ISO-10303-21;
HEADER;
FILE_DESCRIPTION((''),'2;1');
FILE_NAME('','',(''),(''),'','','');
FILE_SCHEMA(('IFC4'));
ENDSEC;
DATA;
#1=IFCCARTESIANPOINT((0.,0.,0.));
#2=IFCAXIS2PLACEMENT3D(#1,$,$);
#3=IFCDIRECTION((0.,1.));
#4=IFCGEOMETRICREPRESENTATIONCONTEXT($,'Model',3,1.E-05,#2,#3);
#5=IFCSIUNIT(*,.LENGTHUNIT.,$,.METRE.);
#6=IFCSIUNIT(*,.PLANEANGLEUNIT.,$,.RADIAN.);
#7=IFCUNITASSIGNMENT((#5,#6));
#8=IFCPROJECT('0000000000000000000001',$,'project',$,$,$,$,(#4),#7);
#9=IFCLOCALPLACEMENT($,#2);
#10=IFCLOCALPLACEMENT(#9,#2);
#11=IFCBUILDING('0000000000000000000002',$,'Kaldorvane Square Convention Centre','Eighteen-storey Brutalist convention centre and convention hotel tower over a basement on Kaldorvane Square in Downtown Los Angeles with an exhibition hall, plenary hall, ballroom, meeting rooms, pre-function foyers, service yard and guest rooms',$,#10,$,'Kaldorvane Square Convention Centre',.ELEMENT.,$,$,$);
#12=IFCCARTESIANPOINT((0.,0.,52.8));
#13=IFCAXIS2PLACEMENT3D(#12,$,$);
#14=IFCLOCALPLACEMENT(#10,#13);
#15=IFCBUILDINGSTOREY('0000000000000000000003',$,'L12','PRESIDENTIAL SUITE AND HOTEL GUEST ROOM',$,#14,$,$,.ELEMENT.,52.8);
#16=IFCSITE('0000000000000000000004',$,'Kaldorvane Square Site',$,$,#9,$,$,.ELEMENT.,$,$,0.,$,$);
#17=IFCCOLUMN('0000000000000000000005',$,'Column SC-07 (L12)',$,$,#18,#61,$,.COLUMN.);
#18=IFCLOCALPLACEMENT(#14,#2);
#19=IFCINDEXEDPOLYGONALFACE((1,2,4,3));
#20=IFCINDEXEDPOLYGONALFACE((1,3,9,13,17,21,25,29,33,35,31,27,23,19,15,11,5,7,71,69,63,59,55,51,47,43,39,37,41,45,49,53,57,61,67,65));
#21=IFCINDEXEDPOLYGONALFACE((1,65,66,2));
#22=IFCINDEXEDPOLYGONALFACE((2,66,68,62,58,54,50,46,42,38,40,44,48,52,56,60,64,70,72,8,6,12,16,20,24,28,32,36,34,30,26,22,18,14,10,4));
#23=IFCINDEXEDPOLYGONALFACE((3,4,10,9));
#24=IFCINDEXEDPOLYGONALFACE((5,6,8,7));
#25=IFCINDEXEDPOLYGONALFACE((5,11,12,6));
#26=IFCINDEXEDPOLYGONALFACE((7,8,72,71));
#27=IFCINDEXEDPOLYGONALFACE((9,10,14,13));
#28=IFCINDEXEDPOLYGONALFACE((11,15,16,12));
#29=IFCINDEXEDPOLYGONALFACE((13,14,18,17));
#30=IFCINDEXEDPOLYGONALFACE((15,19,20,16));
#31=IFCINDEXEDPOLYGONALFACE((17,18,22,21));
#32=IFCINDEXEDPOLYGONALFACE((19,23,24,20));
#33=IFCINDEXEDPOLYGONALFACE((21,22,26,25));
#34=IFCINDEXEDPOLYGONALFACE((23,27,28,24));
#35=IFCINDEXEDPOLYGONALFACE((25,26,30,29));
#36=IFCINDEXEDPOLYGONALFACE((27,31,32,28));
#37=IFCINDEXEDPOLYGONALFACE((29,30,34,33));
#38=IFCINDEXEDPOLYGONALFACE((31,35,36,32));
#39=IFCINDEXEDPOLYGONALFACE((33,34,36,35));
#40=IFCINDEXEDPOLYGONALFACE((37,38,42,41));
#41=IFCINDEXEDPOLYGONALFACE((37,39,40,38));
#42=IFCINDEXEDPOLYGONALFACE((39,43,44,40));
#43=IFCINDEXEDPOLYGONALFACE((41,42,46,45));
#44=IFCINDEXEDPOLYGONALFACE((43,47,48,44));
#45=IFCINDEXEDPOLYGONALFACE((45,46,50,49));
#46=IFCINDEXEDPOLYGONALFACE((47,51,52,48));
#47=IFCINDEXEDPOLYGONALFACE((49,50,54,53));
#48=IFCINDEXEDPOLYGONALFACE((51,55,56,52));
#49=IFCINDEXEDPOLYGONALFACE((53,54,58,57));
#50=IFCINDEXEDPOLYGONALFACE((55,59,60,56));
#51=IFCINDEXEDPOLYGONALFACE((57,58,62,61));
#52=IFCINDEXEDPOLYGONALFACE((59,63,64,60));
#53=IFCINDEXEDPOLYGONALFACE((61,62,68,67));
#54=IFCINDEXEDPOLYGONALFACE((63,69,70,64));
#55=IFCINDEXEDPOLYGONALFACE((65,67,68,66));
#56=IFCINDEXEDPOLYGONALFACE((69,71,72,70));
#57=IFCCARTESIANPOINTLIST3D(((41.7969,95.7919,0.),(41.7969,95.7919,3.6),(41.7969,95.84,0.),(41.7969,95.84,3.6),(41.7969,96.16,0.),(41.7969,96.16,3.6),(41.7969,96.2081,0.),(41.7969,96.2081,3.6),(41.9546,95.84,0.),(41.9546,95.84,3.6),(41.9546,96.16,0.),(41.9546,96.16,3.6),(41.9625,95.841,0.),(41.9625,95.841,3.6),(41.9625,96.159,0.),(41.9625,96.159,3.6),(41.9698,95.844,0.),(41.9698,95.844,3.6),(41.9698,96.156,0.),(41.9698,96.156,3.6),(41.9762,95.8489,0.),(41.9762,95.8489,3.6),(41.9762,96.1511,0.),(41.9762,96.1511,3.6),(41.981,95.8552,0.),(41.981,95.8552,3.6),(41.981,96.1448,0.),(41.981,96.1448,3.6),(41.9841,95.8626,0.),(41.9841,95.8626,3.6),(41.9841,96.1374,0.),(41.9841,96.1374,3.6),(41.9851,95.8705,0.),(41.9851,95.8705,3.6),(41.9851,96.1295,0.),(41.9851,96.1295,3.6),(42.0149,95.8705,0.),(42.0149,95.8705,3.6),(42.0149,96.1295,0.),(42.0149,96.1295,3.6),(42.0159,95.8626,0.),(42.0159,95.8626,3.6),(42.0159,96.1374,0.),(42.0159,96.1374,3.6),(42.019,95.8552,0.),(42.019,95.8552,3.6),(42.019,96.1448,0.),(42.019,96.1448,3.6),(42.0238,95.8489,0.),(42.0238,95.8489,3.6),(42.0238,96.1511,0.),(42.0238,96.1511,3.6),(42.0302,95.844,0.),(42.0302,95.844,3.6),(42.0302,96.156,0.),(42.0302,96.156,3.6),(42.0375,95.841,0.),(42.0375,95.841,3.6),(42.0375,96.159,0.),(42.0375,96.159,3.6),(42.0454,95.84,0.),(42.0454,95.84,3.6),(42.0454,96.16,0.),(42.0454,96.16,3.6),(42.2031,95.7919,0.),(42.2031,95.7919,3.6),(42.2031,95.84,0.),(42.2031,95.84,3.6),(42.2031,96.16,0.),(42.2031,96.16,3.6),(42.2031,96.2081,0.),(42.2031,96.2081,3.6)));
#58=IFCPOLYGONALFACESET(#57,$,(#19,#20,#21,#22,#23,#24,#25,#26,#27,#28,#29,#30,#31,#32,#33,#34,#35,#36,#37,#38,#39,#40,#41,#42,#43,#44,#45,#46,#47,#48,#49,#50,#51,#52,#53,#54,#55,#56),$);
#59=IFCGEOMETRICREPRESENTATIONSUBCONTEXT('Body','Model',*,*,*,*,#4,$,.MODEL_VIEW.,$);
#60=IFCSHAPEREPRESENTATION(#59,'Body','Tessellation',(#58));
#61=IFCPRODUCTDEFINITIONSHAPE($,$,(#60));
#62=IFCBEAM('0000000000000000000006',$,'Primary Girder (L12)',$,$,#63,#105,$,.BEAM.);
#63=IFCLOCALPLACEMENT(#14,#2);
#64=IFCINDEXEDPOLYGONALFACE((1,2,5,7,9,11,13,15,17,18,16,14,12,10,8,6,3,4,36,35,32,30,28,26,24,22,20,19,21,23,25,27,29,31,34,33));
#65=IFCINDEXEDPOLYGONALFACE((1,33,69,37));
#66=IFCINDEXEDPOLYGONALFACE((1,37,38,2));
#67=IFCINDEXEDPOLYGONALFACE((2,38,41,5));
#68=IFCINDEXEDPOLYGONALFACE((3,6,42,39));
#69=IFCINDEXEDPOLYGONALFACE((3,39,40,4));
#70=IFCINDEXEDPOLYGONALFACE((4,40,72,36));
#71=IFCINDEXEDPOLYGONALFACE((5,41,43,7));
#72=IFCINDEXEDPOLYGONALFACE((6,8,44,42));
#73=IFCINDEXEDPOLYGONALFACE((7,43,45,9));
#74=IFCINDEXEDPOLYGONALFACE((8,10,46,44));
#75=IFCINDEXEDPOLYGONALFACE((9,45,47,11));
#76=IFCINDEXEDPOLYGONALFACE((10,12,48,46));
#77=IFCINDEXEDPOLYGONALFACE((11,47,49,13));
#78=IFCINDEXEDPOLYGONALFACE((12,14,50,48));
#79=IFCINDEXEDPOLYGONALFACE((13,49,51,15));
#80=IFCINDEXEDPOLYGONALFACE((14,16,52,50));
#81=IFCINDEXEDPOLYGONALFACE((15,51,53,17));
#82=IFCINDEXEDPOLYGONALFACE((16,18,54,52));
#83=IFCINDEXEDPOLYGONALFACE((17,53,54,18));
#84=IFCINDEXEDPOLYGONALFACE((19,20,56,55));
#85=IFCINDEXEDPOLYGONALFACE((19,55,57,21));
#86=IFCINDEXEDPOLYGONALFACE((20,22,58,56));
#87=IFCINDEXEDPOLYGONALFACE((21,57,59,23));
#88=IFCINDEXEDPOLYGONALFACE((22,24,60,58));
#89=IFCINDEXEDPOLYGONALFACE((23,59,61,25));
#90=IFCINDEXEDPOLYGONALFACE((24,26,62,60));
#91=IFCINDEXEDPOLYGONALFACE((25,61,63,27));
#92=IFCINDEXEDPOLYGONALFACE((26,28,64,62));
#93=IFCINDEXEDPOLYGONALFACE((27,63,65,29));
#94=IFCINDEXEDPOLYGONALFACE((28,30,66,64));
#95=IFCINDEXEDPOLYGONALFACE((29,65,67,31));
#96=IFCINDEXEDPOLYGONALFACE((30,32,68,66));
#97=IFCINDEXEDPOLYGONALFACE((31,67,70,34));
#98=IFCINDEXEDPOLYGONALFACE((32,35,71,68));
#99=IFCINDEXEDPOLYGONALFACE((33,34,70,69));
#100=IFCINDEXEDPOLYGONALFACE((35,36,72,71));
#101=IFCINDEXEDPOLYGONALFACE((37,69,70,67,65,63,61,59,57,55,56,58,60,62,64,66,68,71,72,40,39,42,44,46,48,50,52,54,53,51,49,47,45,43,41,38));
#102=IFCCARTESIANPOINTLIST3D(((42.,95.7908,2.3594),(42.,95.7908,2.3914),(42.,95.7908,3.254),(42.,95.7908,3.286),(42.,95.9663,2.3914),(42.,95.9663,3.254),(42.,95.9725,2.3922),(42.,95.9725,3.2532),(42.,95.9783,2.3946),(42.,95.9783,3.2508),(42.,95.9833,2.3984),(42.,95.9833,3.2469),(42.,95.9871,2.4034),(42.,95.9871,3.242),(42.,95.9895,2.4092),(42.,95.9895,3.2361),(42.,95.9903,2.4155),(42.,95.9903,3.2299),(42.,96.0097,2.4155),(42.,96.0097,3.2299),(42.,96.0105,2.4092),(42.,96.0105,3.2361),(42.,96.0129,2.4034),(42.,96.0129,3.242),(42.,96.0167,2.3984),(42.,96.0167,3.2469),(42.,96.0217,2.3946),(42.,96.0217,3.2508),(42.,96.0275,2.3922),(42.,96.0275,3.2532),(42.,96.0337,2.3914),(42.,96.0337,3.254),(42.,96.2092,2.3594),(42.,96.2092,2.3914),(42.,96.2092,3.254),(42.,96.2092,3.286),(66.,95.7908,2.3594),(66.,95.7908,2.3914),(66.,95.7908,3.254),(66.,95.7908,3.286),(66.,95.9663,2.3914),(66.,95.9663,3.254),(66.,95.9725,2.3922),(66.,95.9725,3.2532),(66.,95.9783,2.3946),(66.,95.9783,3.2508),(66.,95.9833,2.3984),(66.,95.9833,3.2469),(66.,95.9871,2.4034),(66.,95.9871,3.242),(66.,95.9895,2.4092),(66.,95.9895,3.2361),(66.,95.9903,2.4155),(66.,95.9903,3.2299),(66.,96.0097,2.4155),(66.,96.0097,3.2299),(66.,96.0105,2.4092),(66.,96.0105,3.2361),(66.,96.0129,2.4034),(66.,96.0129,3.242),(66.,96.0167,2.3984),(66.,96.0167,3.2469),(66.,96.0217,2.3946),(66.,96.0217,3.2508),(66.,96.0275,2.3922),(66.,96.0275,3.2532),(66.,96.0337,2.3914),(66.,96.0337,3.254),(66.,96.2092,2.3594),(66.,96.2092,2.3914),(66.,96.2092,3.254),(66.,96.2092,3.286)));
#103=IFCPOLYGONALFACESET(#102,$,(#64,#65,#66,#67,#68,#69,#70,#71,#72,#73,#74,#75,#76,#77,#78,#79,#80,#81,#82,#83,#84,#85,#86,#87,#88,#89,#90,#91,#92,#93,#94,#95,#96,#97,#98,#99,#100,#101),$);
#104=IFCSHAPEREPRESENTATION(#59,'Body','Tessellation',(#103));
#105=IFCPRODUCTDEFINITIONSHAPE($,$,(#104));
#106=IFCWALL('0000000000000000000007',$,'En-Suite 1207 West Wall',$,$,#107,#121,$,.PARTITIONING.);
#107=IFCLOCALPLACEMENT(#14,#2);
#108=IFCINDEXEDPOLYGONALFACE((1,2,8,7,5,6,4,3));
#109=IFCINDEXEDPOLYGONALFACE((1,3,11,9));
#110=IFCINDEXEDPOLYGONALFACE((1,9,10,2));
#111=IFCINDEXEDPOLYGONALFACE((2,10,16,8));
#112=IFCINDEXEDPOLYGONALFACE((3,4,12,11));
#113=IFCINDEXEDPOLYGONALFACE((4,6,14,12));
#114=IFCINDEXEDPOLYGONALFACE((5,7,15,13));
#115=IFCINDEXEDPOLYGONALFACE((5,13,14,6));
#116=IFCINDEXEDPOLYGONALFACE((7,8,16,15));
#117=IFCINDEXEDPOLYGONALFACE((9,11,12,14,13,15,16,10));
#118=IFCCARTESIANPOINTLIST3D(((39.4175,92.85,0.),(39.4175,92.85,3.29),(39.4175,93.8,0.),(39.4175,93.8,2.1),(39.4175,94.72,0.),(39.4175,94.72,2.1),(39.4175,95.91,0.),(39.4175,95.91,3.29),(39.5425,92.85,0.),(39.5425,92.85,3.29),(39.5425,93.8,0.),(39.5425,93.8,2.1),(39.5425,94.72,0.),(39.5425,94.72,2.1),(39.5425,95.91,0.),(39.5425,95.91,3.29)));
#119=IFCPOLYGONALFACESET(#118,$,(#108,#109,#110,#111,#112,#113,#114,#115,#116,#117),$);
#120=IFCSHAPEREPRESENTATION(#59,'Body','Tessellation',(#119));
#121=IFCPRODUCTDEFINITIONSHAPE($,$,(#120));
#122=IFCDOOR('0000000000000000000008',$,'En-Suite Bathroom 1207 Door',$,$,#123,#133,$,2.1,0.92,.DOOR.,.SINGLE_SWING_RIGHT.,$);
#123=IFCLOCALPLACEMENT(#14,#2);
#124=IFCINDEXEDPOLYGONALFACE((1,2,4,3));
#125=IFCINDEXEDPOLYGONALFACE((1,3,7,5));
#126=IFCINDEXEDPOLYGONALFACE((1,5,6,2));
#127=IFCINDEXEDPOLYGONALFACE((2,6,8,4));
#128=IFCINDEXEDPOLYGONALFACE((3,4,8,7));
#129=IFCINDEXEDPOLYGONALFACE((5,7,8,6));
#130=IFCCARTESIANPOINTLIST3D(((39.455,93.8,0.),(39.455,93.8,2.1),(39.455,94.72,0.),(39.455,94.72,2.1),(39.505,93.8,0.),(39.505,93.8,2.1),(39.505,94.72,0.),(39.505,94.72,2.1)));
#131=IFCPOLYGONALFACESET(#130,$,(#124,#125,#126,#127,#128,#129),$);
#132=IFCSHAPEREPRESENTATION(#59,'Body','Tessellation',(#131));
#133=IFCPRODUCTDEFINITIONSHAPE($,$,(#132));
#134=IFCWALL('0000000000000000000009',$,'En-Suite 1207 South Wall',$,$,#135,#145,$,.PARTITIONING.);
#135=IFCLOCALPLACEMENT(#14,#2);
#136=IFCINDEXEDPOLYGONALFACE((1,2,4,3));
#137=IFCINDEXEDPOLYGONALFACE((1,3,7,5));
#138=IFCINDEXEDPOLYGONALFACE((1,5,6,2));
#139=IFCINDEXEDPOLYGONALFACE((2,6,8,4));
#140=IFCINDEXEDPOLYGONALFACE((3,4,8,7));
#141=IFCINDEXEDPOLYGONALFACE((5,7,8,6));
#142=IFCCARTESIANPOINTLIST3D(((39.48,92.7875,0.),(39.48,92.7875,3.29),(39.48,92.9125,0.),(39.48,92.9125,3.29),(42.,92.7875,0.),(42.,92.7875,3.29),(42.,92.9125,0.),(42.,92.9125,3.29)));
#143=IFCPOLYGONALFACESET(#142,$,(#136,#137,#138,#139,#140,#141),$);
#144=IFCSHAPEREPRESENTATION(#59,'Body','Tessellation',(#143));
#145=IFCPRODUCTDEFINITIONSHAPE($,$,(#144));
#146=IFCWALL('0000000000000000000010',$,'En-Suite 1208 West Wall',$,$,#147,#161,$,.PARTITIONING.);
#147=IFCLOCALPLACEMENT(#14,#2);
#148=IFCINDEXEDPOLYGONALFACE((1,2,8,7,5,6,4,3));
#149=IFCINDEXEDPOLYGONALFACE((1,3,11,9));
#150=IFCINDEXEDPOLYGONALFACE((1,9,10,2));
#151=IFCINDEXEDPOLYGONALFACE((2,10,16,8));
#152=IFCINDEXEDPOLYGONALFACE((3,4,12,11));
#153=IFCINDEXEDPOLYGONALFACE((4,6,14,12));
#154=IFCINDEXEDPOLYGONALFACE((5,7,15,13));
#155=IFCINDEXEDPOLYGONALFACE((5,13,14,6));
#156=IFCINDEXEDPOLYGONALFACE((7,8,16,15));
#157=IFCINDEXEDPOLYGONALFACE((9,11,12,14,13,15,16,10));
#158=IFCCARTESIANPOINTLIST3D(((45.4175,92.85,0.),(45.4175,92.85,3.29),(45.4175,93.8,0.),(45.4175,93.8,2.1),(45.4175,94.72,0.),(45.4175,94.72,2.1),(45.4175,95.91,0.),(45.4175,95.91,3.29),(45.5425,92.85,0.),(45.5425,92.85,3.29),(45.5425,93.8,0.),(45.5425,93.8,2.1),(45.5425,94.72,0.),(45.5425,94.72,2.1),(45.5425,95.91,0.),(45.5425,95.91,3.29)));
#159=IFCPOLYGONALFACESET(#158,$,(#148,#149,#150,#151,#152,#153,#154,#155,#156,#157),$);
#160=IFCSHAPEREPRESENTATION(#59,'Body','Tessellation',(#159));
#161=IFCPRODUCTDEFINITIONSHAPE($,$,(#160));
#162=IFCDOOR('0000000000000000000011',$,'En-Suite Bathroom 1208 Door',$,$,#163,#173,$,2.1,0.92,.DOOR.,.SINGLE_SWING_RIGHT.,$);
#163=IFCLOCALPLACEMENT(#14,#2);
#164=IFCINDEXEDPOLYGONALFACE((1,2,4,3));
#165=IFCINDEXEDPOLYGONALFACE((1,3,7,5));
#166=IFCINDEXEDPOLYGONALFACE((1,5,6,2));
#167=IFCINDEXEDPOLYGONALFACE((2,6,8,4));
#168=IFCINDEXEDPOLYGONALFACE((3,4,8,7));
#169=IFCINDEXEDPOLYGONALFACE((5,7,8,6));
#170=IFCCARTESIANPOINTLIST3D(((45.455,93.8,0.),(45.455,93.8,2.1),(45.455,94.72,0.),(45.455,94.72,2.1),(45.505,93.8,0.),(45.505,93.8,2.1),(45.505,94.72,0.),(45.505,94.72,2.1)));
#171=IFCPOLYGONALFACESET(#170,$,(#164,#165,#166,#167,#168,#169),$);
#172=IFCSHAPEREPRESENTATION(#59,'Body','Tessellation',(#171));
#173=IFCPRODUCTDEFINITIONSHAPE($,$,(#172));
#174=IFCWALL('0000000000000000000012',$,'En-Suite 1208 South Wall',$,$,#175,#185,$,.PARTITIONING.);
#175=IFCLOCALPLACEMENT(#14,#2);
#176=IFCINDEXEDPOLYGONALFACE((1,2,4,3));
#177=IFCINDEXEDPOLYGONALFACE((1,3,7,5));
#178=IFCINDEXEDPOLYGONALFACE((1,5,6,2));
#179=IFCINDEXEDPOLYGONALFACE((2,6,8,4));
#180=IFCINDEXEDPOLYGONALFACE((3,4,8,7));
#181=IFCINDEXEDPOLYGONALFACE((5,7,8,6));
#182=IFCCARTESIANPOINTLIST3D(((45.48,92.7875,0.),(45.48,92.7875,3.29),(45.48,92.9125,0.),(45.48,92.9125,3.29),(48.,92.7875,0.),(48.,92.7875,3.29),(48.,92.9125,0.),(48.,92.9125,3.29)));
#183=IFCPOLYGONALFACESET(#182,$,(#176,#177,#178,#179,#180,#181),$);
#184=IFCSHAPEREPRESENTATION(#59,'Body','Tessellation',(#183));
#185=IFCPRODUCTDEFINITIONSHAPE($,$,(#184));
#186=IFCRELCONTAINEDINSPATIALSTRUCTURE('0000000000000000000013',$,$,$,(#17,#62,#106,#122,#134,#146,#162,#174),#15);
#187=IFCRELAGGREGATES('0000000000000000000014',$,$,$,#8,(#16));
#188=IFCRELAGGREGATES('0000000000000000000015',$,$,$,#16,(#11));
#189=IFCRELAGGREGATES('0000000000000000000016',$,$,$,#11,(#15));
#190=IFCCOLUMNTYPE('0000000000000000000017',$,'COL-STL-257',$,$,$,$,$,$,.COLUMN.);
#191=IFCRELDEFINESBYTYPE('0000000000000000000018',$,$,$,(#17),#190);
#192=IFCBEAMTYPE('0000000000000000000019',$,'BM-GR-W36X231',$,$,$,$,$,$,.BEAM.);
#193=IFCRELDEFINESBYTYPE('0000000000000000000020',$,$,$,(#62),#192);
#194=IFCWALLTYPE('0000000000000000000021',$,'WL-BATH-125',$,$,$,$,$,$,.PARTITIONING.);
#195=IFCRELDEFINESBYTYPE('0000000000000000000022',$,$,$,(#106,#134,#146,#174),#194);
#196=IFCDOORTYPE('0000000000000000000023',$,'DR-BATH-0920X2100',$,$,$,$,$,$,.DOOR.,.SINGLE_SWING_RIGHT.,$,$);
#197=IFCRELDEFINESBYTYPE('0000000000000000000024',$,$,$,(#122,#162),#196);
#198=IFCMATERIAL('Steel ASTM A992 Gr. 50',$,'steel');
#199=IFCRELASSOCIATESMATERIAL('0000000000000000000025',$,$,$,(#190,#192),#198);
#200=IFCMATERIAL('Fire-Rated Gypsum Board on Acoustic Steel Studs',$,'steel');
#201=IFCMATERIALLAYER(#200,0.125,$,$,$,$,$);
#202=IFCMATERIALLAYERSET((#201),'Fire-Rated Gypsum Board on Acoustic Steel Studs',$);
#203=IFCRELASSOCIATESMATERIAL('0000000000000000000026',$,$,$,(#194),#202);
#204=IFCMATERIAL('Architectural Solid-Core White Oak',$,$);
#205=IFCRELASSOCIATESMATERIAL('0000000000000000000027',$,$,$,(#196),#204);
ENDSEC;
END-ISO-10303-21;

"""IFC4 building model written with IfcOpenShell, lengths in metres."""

from ifc_helpers import new_model, si_unit, direction, frame, frame_2d, origin, origin_2d, place, context, subcontext, project, spatial, rectangle, i_section, extrude, material, layer, layer_set, material_profile, profile_set, type_object, element, fill, save


model = new_model("IFC4")

# Units and contexts
model_context = context("Model", 3, precision=1e-05, world=origin(), true_north=direction((0.0, 1.0)))
body_context = subcontext(model_context, "Body", "Model", "MODEL_VIEW")
ifc_project = project(units=[si_unit("LENGTHUNIT", "METRE"), si_unit("PLANEANGLEUNIT", "RADIAN")], contexts=[model_context])

# Site, building, storey
site_placement = place(None, origin())
site = spatial("IfcSite", under=ifc_project, at=site_placement, Name="Kaldorvane Square Site", CompositionType="ELEMENT", RefElevation=0.0)
building_placement = place(site_placement, origin())
building = spatial("IfcBuilding", under=site, at=building_placement, Name="Kaldorvane Square Convention Centre", Description="Eighteen-storey Brutalist convention centre and convention hotel tower over a basement on Kaldorvane Square in Downtown Los Angeles with an exhibition hall, plenary hall, ballroom, meeting rooms, pre-function foyers, service yard and guest rooms", LongName="Kaldorvane Square Convention Centre", CompositionType="ELEMENT")
storey_placement = place(building_placement, frame((0.0, 0.0, 52.8)))
storey = spatial("IfcBuildingStorey", under=building, at=storey_placement, Name="L12", Description="PRESIDENTIAL SUITE AND HOTEL GUEST ROOM", CompositionType="ELEMENT", Elevation=52.8)

# Column
ifc_material_1 = material(Name="Steel ASTM A992 Gr. 50", Category="steel")
ifc_material_profile_1 = material_profile(ifc_material_1, i_section(OverallWidth=0.4063, OverallDepth=0.4161, WebThickness=0.0298, FlangeThickness=0.048, FilletRadius=0.0305, at=origin_2d()), Name="W14X257")
ifc_profile_set_1 = profile_set([ifc_material_profile_1], Name="Steel ASTM A992 Gr. 50")
column_type = type_object("IfcColumnType", Name="COL-STL-257", PredefinedType="COLUMN", material=ifc_profile_set_1)
column_placement = place(storey_placement, frame((42.0, 96.0, 0.0), z_axis=(0.0, 0.0, 1.0), x_axis=(1.0, 0.0, 0.0)))
element("IfcColumn", 1, at=column_placement, inside=storey, type_object=column_type, Name="Column SC-07 (L12)", PredefinedType="COLUMN", context=body_context, shape_type="SweptSolid", body=[
    extrude(i_section(OverallWidth=0.4063, OverallDepth=0.4161, WebThickness=0.0298, FlangeThickness=0.048, FilletRadius=0.0305, at=origin_2d()), origin(), (0.0, 0.0, 1.0), 3.6),
])

# Beam
ifc_material_profile_2 = material_profile(ifc_material_1, i_section(OverallWidth=0.4183, OverallDepth=0.9266, WebThickness=0.0193, FlangeThickness=0.032, FilletRadius=0.0241, at=origin_2d()), Name="W36X231")
ifc_profile_set_2 = profile_set([ifc_material_profile_2], Name="Steel ASTM A992 Gr. 50")
beam_type = type_object("IfcBeamType", Name="BM-GR-W36X231", PredefinedType="BEAM", material=ifc_profile_set_2)
beam_placement = place(storey_placement, frame((42.0, 96.0, 2.8227), z_axis=(1.0, 0.0, 0.0), x_axis=(0.0, 1.0, 0.0)))
element("IfcBeam", 2, at=beam_placement, inside=storey, type_object=beam_type, Name="Primary Girder (L12)", PredefinedType="BEAM", context=body_context, shape_type="SweptSolid", body=[
    extrude(i_section(OverallWidth=0.4183, OverallDepth=0.9266, WebThickness=0.0193, FlangeThickness=0.032, FilletRadius=0.0241, at=origin_2d()), origin(), (0.0, 0.0, 1.0), 24.0),
])

# Wall, opening, door
ifc_material_2 = material(Name="Fire-Rated Gypsum Board on Acoustic Steel Studs", Category="steel")
ifc_layer_1 = layer(ifc_material_2, 0.125)
ifc_layer_set_1 = layer_set([ifc_layer_1], Name="Fire-Rated Gypsum Board on Acoustic Steel Studs")
wall_type_1 = type_object("IfcWallType", Name="WL-BATH-125", PredefinedType="PARTITIONING", material=ifc_layer_set_1)
wall_1_placement = place(storey_placement, frame((39.48, 92.85, 0.0), z_axis=(0.0, 0.0, 1.0), x_axis=(0.0, 1.0, 0.0)))
wall_1 = element("IfcWall", 3, at=wall_1_placement, inside=storey, type_object=wall_type_1, Name="En-Suite 1207 West Wall", PredefinedType="PARTITIONING", context=body_context, shape_type="SweptSolid", body=[
    extrude(rectangle(XDim=3.06, YDim=0.125, at=frame_2d((1.53, 0.0))), origin(), (0.0, 0.0, 1.0), 3.29),
])
opening_1_placement = place(wall_1_placement, frame((0.95, 0.0, 0.0)))
opening_1 = element("IfcOpeningElement", 4, at=opening_1_placement, cuts=wall_1, PredefinedType="OPENING", context=body_context, shape_type="SweptSolid", body=[
    extrude(rectangle(XDim=0.92, YDim=2.1, at=frame_2d((0.46, 1.05))), frame((0.0, 0.0775, 0.0), z_axis=(0.0, -1.0, 0.0), x_axis=(1.0, 0.0, 0.0)), (0.0, 0.0, 1.0), 0.155),
])
ifc_material_3 = material(Name="Architectural Solid-Core White Oak")
door_type_1 = type_object("IfcDoorType", Name="DR-BATH-0920X2100", OperationType="SINGLE_SWING_RIGHT", PredefinedType="DOOR", material=ifc_material_3)
door_1_placement = place(opening_1_placement, origin())
door_1 = element("IfcDoor", 5, at=door_1_placement, inside=storey, type_object=door_type_1, Name="En-Suite Bathroom 1207 Door", OperationType="SINGLE_SWING_RIGHT", OverallHeight=2.1, OverallWidth=0.92, PredefinedType="DOOR", context=body_context, shape_type="SweptSolid", body=[
    extrude(rectangle(XDim=0.92, YDim=2.1, at=frame_2d((0.46, 1.05))), frame((0.0, 0.025, 0.0), z_axis=(0.0, -1.0, 0.0), x_axis=(1.0, 0.0, 0.0)), (0.0, 0.0, 1.0), 0.05),
])
fill(opening_1, door_1)

# Wall
wall_2_placement = place(storey_placement, frame((39.48, 92.85, 0.0), z_axis=(0.0, 0.0, 1.0), x_axis=(1.0, 0.0, 0.0)))
element("IfcWall", 6, at=wall_2_placement, inside=storey, type_object=wall_type_1, Name="En-Suite 1207 South Wall", PredefinedType="PARTITIONING", context=body_context, shape_type="SweptSolid", body=[
    extrude(rectangle(XDim=2.52, YDim=0.125, at=frame_2d((1.26, 0.0))), origin(), (0.0, 0.0, 1.0), 3.29),
])

# Wall, opening, door
wall_3_placement = place(storey_placement, frame((45.48, 92.85, 0.0), z_axis=(0.0, 0.0, 1.0), x_axis=(0.0, 1.0, 0.0)))
wall_3 = element("IfcWall", 7, at=wall_3_placement, inside=storey, type_object=wall_type_1, Name="En-Suite 1208 West Wall", PredefinedType="PARTITIONING", context=body_context, shape_type="SweptSolid", body=[
    extrude(rectangle(XDim=3.06, YDim=0.125, at=frame_2d((1.53, 0.0))), origin(), (0.0, 0.0, 1.0), 3.29),
])
opening_2_placement = place(wall_3_placement, frame((0.95, 0.0, 0.0)))
opening_2 = element("IfcOpeningElement", 8, at=opening_2_placement, cuts=wall_3, PredefinedType="OPENING", context=body_context, shape_type="SweptSolid", body=[
    extrude(rectangle(XDim=0.92, YDim=2.1, at=frame_2d((0.46, 1.05))), frame((0.0, 0.0775, 0.0), z_axis=(0.0, -1.0, 0.0), x_axis=(1.0, 0.0, 0.0)), (0.0, 0.0, 1.0), 0.155),
])
door_2_placement = place(opening_2_placement, origin())
door_2 = element("IfcDoor", 9, at=door_2_placement, inside=storey, type_object=door_type_1, Name="En-Suite Bathroom 1208 Door", OperationType="SINGLE_SWING_RIGHT", OverallHeight=2.1, OverallWidth=0.92, PredefinedType="DOOR", context=body_context, shape_type="SweptSolid", body=[
    extrude(rectangle(XDim=0.92, YDim=2.1, at=frame_2d((0.46, 1.05))), frame((0.0, 0.025, 0.0), z_axis=(0.0, -1.0, 0.0), x_axis=(1.0, 0.0, 0.0)), (0.0, 0.0, 1.0), 0.05),
])
fill(opening_2, door_2)

# Wall
wall_4_placement = place(storey_placement, frame((45.48, 92.85, 0.0), z_axis=(0.0, 0.0, 1.0), x_axis=(1.0, 0.0, 0.0)))
element("IfcWall", 10, at=wall_4_placement, inside=storey, type_object=wall_type_1, Name="En-Suite 1208 South Wall", PredefinedType="PARTITIONING", context=body_context, shape_type="SweptSolid", body=[
    extrude(rectangle(XDim=2.52, YDim=0.125, at=frame_2d((1.26, 0.0))), origin(), (0.0, 0.0, 1.0), 3.29),
])

save(model, "model.ifc")
